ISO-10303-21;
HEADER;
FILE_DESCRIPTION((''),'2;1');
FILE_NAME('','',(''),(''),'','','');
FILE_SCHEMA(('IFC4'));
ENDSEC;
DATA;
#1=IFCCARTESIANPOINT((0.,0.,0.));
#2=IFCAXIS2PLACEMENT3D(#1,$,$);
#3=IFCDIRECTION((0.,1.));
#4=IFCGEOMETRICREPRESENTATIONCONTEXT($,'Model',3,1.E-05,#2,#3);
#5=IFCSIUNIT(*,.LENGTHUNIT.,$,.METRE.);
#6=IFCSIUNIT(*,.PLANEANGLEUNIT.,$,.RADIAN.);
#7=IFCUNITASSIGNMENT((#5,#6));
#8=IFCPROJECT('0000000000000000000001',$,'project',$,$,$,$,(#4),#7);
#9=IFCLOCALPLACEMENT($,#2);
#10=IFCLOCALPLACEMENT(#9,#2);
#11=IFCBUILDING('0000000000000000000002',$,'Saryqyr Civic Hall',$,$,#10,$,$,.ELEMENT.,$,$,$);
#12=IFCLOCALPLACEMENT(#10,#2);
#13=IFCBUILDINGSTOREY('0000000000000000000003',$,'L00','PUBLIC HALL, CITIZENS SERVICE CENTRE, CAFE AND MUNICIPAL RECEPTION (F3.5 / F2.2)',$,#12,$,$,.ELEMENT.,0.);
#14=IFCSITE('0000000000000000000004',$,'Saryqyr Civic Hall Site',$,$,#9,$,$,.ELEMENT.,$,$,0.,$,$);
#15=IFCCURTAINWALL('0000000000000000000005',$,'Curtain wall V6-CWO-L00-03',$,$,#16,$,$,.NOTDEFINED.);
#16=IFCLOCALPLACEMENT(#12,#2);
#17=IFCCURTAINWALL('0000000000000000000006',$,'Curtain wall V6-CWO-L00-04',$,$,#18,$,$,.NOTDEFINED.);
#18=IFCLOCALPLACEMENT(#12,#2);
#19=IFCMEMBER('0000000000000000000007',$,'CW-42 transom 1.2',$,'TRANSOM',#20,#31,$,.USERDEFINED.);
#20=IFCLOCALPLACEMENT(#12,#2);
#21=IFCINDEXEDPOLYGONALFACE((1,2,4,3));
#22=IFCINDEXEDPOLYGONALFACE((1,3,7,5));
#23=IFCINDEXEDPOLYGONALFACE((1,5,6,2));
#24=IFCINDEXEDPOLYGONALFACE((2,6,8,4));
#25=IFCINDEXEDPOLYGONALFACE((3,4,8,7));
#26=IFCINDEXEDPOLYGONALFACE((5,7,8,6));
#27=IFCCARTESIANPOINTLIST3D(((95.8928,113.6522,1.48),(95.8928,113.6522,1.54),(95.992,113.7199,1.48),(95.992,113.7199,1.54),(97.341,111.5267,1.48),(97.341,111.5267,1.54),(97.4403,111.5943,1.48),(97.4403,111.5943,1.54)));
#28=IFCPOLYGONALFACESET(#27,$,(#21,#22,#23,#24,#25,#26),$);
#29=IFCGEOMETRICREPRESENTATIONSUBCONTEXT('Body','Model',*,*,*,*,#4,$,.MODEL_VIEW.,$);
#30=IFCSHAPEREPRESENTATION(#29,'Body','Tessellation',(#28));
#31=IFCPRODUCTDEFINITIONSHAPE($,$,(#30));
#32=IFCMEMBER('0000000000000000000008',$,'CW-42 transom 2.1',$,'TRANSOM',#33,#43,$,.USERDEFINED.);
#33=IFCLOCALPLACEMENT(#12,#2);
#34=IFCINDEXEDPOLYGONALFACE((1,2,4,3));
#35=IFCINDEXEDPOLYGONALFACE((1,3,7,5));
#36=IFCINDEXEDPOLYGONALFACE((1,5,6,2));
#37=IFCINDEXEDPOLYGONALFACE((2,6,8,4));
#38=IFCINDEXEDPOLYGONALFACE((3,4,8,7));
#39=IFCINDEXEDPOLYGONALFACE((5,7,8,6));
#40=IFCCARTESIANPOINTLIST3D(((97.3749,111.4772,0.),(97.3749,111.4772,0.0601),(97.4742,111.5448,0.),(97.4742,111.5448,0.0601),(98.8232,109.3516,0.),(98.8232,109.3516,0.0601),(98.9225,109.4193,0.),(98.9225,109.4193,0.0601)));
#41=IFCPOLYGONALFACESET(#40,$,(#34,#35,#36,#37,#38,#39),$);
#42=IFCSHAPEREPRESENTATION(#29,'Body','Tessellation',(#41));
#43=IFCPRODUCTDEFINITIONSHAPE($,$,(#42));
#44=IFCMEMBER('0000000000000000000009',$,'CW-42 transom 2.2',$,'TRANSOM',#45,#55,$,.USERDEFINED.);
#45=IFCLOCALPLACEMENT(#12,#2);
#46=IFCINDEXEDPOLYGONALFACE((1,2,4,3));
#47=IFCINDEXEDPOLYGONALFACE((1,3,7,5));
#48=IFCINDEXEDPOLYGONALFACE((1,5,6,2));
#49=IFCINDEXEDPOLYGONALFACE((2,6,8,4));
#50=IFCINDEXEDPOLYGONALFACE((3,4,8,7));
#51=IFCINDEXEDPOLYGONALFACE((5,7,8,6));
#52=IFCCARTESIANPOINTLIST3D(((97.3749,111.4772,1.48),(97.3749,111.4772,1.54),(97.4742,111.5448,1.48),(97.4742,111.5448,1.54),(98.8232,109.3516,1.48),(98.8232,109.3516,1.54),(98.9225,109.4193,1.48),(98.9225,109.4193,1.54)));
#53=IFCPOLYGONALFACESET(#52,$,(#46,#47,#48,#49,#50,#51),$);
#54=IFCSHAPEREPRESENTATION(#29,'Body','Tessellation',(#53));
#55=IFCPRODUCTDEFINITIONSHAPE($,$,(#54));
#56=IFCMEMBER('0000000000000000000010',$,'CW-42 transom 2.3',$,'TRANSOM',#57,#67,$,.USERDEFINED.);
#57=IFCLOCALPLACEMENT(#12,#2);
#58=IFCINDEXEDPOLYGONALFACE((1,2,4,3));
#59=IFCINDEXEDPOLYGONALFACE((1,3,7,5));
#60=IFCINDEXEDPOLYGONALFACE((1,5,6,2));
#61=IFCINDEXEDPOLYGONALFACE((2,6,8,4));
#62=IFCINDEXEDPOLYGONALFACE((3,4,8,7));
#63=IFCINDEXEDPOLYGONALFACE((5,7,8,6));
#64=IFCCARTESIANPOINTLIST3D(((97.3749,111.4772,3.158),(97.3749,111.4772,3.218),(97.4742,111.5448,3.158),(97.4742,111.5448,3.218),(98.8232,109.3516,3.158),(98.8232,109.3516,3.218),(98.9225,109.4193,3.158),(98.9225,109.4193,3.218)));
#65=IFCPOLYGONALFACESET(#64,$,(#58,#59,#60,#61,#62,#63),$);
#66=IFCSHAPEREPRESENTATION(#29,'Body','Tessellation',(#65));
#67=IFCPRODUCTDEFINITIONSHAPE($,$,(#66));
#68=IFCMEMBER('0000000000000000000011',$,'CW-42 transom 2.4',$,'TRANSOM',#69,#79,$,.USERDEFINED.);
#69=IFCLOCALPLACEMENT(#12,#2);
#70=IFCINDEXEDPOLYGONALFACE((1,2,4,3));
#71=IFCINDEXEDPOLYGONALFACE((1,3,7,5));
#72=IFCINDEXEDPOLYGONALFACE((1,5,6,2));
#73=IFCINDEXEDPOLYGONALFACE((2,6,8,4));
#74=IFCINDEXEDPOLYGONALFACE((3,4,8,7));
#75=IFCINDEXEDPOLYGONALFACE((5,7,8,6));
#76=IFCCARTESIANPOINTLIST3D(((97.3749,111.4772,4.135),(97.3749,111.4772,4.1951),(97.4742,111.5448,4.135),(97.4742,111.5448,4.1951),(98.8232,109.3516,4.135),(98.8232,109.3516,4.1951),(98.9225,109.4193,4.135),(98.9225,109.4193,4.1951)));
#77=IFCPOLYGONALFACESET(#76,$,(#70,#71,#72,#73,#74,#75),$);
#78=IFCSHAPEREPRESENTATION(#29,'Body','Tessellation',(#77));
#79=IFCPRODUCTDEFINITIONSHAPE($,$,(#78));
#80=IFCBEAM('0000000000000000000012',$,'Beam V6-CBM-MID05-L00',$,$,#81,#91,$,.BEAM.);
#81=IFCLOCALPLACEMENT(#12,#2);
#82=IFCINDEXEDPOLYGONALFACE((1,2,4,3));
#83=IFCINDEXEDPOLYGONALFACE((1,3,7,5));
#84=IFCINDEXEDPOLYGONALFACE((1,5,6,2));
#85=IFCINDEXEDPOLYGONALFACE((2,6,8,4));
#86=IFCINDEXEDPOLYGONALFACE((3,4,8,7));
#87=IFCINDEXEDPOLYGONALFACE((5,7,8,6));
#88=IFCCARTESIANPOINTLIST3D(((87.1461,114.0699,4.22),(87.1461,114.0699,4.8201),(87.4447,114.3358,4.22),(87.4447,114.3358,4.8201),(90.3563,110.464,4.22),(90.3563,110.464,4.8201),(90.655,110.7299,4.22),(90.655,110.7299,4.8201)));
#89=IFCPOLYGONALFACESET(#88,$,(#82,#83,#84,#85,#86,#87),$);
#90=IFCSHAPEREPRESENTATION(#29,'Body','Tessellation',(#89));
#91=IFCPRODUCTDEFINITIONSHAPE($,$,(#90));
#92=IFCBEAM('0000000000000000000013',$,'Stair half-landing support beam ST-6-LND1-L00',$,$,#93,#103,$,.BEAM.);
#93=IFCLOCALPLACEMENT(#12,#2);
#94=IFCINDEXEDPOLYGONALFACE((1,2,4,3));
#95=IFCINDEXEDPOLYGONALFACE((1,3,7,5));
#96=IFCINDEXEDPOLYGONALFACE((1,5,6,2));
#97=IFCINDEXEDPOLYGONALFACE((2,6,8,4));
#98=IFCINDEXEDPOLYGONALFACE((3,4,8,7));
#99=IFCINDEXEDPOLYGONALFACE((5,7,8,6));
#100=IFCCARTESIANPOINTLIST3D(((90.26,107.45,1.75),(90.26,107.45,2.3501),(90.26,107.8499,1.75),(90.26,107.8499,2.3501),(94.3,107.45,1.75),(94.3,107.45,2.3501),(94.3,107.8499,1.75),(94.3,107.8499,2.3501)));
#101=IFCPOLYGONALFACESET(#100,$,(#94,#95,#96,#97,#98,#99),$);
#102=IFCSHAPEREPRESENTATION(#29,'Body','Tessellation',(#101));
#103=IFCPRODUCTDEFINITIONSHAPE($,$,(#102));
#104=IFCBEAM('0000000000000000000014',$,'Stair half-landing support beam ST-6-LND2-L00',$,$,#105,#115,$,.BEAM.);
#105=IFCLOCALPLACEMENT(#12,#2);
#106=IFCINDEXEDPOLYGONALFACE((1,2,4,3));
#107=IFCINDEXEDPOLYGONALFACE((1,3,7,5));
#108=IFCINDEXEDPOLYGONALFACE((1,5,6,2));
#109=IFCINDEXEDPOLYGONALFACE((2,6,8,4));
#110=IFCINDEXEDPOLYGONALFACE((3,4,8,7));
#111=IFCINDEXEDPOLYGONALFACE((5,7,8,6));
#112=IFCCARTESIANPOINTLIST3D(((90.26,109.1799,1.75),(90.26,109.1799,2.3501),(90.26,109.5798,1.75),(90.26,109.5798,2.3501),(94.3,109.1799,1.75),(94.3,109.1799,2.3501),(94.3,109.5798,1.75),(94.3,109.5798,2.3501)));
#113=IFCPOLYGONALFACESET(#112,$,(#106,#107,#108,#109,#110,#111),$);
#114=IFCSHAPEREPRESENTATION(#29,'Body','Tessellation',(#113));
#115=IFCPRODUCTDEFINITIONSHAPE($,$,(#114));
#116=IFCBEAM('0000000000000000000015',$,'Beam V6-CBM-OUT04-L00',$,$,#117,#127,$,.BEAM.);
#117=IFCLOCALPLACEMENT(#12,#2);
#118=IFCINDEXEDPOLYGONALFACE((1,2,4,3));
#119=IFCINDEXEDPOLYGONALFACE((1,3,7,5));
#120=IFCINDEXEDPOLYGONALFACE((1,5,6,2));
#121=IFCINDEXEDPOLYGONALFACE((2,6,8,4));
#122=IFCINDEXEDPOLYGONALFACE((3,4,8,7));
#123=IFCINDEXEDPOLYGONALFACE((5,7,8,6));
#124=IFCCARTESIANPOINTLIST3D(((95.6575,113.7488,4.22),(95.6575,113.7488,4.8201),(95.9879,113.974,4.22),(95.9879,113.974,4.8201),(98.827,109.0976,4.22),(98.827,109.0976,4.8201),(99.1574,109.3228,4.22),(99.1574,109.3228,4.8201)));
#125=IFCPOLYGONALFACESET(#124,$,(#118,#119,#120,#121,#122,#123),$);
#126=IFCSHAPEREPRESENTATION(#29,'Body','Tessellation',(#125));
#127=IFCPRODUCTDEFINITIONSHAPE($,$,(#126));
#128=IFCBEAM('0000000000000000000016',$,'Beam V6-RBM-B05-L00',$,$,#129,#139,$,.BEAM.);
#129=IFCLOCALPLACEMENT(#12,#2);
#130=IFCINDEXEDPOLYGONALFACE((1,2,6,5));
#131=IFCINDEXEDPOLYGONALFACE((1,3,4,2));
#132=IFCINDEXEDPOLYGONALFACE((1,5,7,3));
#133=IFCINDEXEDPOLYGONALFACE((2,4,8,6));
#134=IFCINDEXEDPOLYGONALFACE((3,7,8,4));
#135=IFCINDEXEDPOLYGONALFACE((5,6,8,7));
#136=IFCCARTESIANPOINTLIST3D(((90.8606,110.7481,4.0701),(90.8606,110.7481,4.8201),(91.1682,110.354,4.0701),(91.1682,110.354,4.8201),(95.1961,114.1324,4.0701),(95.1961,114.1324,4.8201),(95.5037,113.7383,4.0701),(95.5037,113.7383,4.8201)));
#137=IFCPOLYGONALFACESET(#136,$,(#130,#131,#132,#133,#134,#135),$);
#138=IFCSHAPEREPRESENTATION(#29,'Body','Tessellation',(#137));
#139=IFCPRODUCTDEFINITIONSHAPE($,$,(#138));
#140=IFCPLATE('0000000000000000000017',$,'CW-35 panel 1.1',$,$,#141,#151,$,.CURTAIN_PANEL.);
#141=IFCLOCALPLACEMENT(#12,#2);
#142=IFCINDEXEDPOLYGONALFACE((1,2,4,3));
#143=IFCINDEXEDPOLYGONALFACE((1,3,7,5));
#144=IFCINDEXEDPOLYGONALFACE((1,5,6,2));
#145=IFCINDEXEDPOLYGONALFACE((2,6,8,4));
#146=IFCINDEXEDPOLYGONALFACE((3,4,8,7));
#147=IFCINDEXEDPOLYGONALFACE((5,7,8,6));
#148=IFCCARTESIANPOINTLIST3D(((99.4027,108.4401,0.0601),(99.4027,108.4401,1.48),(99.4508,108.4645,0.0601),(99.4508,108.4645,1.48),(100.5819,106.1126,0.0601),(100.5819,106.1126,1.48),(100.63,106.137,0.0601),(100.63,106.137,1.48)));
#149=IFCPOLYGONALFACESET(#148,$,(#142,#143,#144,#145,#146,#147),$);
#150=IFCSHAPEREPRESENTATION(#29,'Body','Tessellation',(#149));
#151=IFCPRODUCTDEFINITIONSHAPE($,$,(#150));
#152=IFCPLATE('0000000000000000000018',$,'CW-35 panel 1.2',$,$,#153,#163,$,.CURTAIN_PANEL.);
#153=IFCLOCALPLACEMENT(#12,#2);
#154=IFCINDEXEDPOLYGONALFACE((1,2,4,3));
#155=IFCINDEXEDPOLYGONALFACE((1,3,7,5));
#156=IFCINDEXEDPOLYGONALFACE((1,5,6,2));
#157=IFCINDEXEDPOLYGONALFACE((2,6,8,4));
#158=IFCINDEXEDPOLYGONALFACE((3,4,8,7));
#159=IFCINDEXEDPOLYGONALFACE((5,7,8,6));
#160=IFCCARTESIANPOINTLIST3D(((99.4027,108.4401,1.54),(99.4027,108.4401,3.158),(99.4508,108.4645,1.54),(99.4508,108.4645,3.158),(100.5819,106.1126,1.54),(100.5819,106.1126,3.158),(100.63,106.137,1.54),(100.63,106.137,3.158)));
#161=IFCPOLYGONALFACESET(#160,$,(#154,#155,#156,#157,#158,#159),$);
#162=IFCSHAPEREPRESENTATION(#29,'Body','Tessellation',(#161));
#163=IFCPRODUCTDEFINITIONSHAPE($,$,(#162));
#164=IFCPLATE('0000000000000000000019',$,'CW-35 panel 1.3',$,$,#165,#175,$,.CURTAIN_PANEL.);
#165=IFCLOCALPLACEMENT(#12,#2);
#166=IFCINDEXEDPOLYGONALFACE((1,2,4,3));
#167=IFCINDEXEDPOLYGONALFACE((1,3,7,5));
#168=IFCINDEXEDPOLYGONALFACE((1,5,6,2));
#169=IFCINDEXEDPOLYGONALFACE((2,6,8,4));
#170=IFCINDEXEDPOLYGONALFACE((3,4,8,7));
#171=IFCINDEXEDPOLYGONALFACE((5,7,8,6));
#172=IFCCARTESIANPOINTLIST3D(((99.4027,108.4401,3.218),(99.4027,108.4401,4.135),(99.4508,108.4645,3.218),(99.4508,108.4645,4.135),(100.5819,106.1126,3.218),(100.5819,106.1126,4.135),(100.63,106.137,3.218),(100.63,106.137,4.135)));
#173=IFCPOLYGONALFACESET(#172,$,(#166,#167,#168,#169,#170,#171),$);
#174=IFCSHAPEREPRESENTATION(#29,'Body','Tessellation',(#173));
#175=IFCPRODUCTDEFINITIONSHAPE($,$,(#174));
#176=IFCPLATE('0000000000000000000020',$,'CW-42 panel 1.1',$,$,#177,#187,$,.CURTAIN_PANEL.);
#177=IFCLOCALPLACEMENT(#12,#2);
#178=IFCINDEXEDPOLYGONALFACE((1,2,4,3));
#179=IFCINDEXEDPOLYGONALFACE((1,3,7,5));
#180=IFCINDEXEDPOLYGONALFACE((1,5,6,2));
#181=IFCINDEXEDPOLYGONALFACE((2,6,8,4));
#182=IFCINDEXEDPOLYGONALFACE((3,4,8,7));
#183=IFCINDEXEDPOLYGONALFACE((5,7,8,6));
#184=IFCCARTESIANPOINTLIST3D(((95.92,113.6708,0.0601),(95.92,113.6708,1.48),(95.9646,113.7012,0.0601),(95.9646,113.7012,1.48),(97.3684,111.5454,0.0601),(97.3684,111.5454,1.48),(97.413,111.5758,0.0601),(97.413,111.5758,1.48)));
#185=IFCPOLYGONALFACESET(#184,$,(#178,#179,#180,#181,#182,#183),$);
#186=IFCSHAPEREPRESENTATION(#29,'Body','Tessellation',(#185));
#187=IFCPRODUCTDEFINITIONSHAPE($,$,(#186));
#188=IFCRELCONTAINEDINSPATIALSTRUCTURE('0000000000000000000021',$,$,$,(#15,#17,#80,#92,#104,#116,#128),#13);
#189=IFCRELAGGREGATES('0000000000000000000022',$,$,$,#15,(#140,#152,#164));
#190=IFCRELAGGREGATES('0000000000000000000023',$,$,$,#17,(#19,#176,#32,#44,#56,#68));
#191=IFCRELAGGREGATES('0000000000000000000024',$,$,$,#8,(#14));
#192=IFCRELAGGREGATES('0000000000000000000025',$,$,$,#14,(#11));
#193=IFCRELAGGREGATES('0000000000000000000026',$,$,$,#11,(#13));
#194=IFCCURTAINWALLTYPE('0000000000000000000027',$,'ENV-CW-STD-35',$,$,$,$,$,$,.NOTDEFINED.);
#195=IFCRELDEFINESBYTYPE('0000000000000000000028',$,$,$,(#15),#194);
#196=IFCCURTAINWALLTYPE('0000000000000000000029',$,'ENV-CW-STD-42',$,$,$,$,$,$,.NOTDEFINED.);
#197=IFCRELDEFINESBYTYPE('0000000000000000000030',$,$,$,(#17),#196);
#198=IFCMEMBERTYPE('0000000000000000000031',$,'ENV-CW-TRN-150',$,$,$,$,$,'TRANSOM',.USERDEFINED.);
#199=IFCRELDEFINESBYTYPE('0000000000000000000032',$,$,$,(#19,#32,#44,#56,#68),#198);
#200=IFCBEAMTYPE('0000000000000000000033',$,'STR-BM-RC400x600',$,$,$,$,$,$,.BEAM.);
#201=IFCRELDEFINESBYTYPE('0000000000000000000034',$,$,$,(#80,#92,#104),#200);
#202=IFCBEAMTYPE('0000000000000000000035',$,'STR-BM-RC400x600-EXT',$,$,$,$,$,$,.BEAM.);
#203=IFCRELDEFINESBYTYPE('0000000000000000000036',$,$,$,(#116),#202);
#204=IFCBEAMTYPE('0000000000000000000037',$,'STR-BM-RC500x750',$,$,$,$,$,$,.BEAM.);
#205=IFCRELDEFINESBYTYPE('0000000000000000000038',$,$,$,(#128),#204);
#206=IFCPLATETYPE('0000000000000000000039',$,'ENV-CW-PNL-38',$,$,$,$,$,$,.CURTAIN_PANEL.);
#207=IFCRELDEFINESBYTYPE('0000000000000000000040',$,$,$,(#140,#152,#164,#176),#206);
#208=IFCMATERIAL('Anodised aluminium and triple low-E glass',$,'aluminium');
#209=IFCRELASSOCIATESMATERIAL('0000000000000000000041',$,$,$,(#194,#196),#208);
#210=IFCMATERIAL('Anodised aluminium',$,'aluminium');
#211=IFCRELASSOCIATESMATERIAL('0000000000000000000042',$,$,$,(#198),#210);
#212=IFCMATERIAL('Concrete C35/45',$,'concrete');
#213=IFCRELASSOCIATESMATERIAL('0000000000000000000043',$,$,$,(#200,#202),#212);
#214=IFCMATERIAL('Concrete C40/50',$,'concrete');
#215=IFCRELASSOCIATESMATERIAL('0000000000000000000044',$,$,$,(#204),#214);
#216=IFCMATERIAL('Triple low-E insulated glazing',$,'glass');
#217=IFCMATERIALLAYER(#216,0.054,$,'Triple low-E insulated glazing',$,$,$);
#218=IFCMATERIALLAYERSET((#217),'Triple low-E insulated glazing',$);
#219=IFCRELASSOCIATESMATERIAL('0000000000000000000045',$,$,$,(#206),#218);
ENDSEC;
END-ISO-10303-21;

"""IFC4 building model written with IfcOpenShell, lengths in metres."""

from ifc_helpers import new_model, si_unit, direction, frame, origin, origin_2d, place, context, subcontext, project, spatial, rectangle, extrude, material, layer, layer_set, material_profile, profile_set, type_object, element, aggregate, save


model = new_model("IFC4")

# Units and contexts
model_context = context("Model", 3, precision=1e-05, world=origin(), true_north=direction((0.0, 1.0)))
body_context = subcontext(model_context, "Body", "Model", "MODEL_VIEW")
ifc_project = project(units=[si_unit("LENGTHUNIT", "METRE"), si_unit("PLANEANGLEUNIT", "RADIAN")], contexts=[model_context])

# Site, building, storey
site_placement = place(None, origin())
site = spatial("IfcSite", under=ifc_project, at=site_placement, Name="Saryqyr Civic Hall Site", CompositionType="ELEMENT", RefElevation=0.0)
building_placement = place(site_placement, origin())
building = spatial("IfcBuilding", under=site, at=building_placement, Name="Saryqyr Civic Hall", CompositionType="ELEMENT")
storey_placement = place(building_placement, origin())
storey = spatial("IfcBuildingStorey", under=building, at=storey_placement, Name="L00", Description="PUBLIC HALL, CITIZENS SERVICE CENTRE, CAFE AND MUNICIPAL RECEPTION (F3.5 / F2.2)", CompositionType="ELEMENT", Elevation=0.0)

# Shared definitions
ifc_material_1 = material(Name="Concrete C40/50", Category="concrete")

# Curtain wall
ifc_material_2 = material(Name="Anodised aluminium and triple low-E glass", Category="aluminium")
curtain_wall_type_1 = type_object("IfcCurtainWallType", Name="ENV-CW-STD-35", PredefinedType="NOTDEFINED", material=ifc_material_2)
curtain_wall_1_placement = place(storey_placement, origin())
curtain_wall_1 = element("IfcCurtainWall", 1, at=curtain_wall_1_placement, inside=storey, type_object=curtain_wall_type_1, Name="Curtain wall V6-CWO-L00-03", PredefinedType="NOTDEFINED")
ifc_material_3 = material(Name="Anodised aluminium", Category="aluminium")

# Curtain wall
curtain_wall_type_2 = type_object("IfcCurtainWallType", Name="ENV-CW-STD-42", PredefinedType="NOTDEFINED", material=ifc_material_2)
curtain_wall_2_placement = place(storey_placement, origin())
curtain_wall_2 = element("IfcCurtainWall", 2, at=curtain_wall_2_placement, inside=storey, type_object=curtain_wall_type_2, Name="Curtain wall V6-CWO-L00-04", PredefinedType="NOTDEFINED")

# Members
ifc_material_profile_1 = material_profile(ifc_material_3, rectangle(XDim=0.1201, YDim=0.0601, at=origin_2d()), Name="ALU TRANSOM 120x60")
ifc_profile_set_1 = profile_set([ifc_material_profile_1], Name="Anodised aluminium")
member_type_1 = type_object("IfcMemberType", Name="ENV-CW-TRN-150", ElementType="TRANSOM", PredefinedType="USERDEFINED", material=ifc_profile_set_1)
member_1_placement = place(storey_placement, frame((95.9424, 113.686, 1.51), z_axis=(0.563083, -0.8264, 0.0), x_axis=(0.8264, 0.563083, 0.0)))
member_1 = element("IfcMember", 3, at=member_1_placement, type_object=member_type_1, Name="CW-42 transom 1.2", ObjectType="TRANSOM", PredefinedType="USERDEFINED", context=body_context, shape_type="SweptSolid", body=[
    extrude(rectangle(XDim=0.1201, YDim=0.0601, at=origin_2d()), origin(), (0.0, 0.0, 1.0), 2.572),
])
member_2_placement = place(storey_placement, frame((97.4246, 111.511, 0.03), z_axis=(0.563083, -0.8264, 0.0), x_axis=(0.8264, 0.563083, 0.0)))
member_2 = element("IfcMember", 4, at=member_2_placement, type_object=member_type_1, Name="CW-42 transom 2.1", ObjectType="TRANSOM", PredefinedType="USERDEFINED", context=body_context, shape_type="SweptSolid", body=[
    extrude(rectangle(XDim=0.1201, YDim=0.0601, at=origin_2d()), origin(), (0.0, 0.0, 1.0), 2.572),
])
member_3_placement = place(storey_placement, frame((97.4246, 111.511, 1.51), z_axis=(0.563083, -0.8264, 0.0), x_axis=(0.8264, 0.563083, 0.0)))
member_3 = element("IfcMember", 5, at=member_3_placement, type_object=member_type_1, Name="CW-42 transom 2.2", ObjectType="TRANSOM", PredefinedType="USERDEFINED", context=body_context, shape_type="SweptSolid", body=[
    extrude(rectangle(XDim=0.1201, YDim=0.0601, at=origin_2d()), origin(), (0.0, 0.0, 1.0), 2.572),
])
member_4_placement = place(storey_placement, frame((97.4246, 111.511, 3.188), z_axis=(0.563083, -0.8264, 0.0), x_axis=(0.8264, 0.563083, 0.0)))
member_4 = element("IfcMember", 6, at=member_4_placement, type_object=member_type_1, Name="CW-42 transom 2.3", ObjectType="TRANSOM", PredefinedType="USERDEFINED", context=body_context, shape_type="SweptSolid", body=[
    extrude(rectangle(XDim=0.1201, YDim=0.0601, at=origin_2d()), origin(), (0.0, 0.0, 1.0), 2.572),
])
member_5_placement = place(storey_placement, frame((97.4246, 111.511, 4.165), z_axis=(0.563083, -0.8264, 0.0), x_axis=(0.8264, 0.563083, 0.0)))
member_5 = element("IfcMember", 7, at=member_5_placement, type_object=member_type_1, Name="CW-42 transom 2.4", ObjectType="TRANSOM", PredefinedType="USERDEFINED", context=body_context, shape_type="SweptSolid", body=[
    extrude(rectangle(XDim=0.1201, YDim=0.0601, at=origin_2d()), origin(), (0.0, 0.0, 1.0), 2.572),
])

# Beams
ifc_material_4 = material(Name="Concrete C35/45", Category="concrete")
ifc_material_profile_2 = material_profile(ifc_material_4, rectangle(XDim=0.3999, YDim=0.6001, at=origin_2d()), Name="RC 400x600")
ifc_profile_set_2 = profile_set([ifc_material_profile_2], Name="Concrete C35/45")
beam_type_1 = type_object("IfcBeamType", Name="STR-BM-RC400x600", PredefinedType="BEAM", material=ifc_profile_set_2)
beam_1_placement = place(storey_placement, frame((90.5056, 110.5969, 4.52), z_axis=(-0.664932, 0.746904, 0.0), x_axis=(-0.746904, -0.664932, 0.0)))
element("IfcBeam", 8, at=beam_1_placement, inside=storey, type_object=beam_type_1, Name="Beam V6-CBM-MID05-L00", PredefinedType="BEAM", context=body_context, shape_type="SweptSolid", body=[
    extrude(rectangle(XDim=0.3999, YDim=0.6001, at=origin_2d()), origin(), (0.0, 0.0, 1.0), 4.8279),
])
for number, where, z_axis, x_axis, name in (
    (9, (94.3, 107.6499, 2.05), (-1.0, 0.0, 0.0), (0.0, -1.0, 0.0), "Stair half-landing support beam ST-6-LND1-L00"),
    (10, (94.3, 109.3799, 2.05), (-1.0, 0.0, 0.0), (0.0, -1.0, 0.0), "Stair half-landing support beam ST-6-LND2-L00"),
):
    element("IfcBeam", number, at=place(storey_placement, frame(where, z_axis=z_axis, x_axis=x_axis)), inside=storey, type_object=beam_type_1, Name=name, PredefinedType="BEAM", context=body_context, shape_type="SweptSolid", body=[
        extrude(rectangle(XDim=0.3999, YDim=0.6001, at=origin_2d()), origin(), (0.0, 0.0, 1.0), 4.04),
    ])
ifc_material_profile_3 = material_profile(ifc_material_4, rectangle(XDim=0.3999, YDim=0.6001, at=origin_2d()), Name="RC 400x600")
ifc_profile_set_3 = profile_set([ifc_material_profile_3], Name="Concrete C35/45")
beam_type_2 = type_object("IfcBeamType", Name="STR-BM-RC400x600-EXT", PredefinedType="BEAM", material=ifc_profile_set_3)
beam_2_placement = place(storey_placement, frame((98.9922, 109.2102, 4.52), z_axis=(-0.56312, 0.826375, 0.0), x_axis=(-0.826375, -0.56312, 0.0)))
element("IfcBeam", 11, at=beam_2_placement, inside=storey, type_object=beam_type_2, Name="Beam V6-CBM-OUT04-L00", PredefinedType="BEAM", context=body_context, shape_type="SweptSolid", body=[
    extrude(rectangle(XDim=0.3999, YDim=0.6001, at=origin_2d()), origin(), (0.0, 0.0, 1.0), 5.6284),
])
ifc_material_profile_4 = material_profile(ifc_material_1, rectangle(XDim=0.5, YDim=0.75, at=origin_2d()), Name="RC 500x750")
ifc_profile_set_4 = profile_set([ifc_material_profile_4], Name="Concrete C40/50")
beam_type_3 = type_object("IfcBeamType", Name="STR-BM-RC500x750", PredefinedType="BEAM", material=ifc_profile_set_4)
beam_3_placement = place(storey_placement, frame((91.0144, 110.551, 4.4451), z_axis=(0.788271, 0.615329, 0.0), x_axis=(-0.615329, 0.788271, 0.0)))
element("IfcBeam", 12, at=beam_3_placement, inside=storey, type_object=beam_type_3, Name="Beam V6-RBM-B05-L00", PredefinedType="BEAM", context=body_context, shape_type="SweptSolid", body=[
    extrude(rectangle(XDim=0.5, YDim=0.75, at=origin_2d()), origin(), (0.0, 0.0, 1.0), 5.5),
])

# Plates
ifc_material_5 = material(Name="Triple low-E insulated glazing", Category="glass")
ifc_layer_1 = layer(ifc_material_5, 0.054, Name="Triple low-E insulated glazing")
ifc_layer_set_1 = layer_set([ifc_layer_1], Name="Triple low-E insulated glazing")
plate_type = type_object("IfcPlateType", Name="ENV-CW-PNL-38", PredefinedType="CURTAIN_PANEL", material=ifc_layer_set_1)
plate_1_placement = place(storey_placement, frame((100.0164, 107.2886, 0.0601), z_axis=(0.0, 0.0, 1.0), x_axis=(0.451942, -0.892047, 0.0)))
plate_1 = element("IfcPlate", 13, at=plate_1_placement, type_object=plate_type, Name="CW-35 panel 1.1", PredefinedType="CURTAIN_PANEL", context=body_context, shape_type="SweptSolid", body=[
    extrude(rectangle(XDim=2.6091, YDim=0.054, at=origin_2d()), origin(), (0.0, 0.0, 1.0), 1.4199),
])
plate_2_placement = place(storey_placement, frame((100.0164, 107.2886, 1.54), z_axis=(0.0, 0.0, 1.0), x_axis=(0.451942, -0.892047, 0.0)))
plate_2 = element("IfcPlate", 14, at=plate_2_placement, type_object=plate_type, Name="CW-35 panel 1.2", PredefinedType="CURTAIN_PANEL", context=body_context, shape_type="SweptSolid", body=[
    extrude(rectangle(XDim=2.6091, YDim=0.054, at=origin_2d()), origin(), (0.0, 0.0, 1.0), 1.6179),
])
plate_3_placement = place(storey_placement, frame((100.0164, 107.2886, 3.218), z_axis=(0.0, 0.0, 1.0), x_axis=(0.451942, -0.892047, 0.0)))
plate_3 = element("IfcPlate", 15, at=plate_3_placement, type_object=plate_type, Name="CW-35 panel 1.3", PredefinedType="CURTAIN_PANEL", context=body_context, shape_type="SweptSolid", body=[
    extrude(rectangle(XDim=2.6091, YDim=0.054, at=origin_2d()), origin(), (0.0, 0.0, 1.0), 0.917),
])
aggregate(curtain_wall_1, [plate_1, plate_2, plate_3])
plate_4_placement = place(storey_placement, frame((96.6665, 112.6233, 0.0601), z_axis=(0.0, 0.0, 1.0), x_axis=(0.563119, -0.826376, 0.0)))
plate_4 = element("IfcPlate", 16, at=plate_4_placement, type_object=plate_type, Name="CW-42 panel 1.1", PredefinedType="CURTAIN_PANEL", context=body_context, shape_type="SweptSolid", body=[
    extrude(rectangle(XDim=2.572, YDim=0.054, at=origin_2d()), origin(), (0.0, 0.0, 1.0), 1.4199),
])
aggregate(curtain_wall_2, [member_1, plate_4, member_2, member_3, member_4, member_5])

save(model, "model.ifc")
